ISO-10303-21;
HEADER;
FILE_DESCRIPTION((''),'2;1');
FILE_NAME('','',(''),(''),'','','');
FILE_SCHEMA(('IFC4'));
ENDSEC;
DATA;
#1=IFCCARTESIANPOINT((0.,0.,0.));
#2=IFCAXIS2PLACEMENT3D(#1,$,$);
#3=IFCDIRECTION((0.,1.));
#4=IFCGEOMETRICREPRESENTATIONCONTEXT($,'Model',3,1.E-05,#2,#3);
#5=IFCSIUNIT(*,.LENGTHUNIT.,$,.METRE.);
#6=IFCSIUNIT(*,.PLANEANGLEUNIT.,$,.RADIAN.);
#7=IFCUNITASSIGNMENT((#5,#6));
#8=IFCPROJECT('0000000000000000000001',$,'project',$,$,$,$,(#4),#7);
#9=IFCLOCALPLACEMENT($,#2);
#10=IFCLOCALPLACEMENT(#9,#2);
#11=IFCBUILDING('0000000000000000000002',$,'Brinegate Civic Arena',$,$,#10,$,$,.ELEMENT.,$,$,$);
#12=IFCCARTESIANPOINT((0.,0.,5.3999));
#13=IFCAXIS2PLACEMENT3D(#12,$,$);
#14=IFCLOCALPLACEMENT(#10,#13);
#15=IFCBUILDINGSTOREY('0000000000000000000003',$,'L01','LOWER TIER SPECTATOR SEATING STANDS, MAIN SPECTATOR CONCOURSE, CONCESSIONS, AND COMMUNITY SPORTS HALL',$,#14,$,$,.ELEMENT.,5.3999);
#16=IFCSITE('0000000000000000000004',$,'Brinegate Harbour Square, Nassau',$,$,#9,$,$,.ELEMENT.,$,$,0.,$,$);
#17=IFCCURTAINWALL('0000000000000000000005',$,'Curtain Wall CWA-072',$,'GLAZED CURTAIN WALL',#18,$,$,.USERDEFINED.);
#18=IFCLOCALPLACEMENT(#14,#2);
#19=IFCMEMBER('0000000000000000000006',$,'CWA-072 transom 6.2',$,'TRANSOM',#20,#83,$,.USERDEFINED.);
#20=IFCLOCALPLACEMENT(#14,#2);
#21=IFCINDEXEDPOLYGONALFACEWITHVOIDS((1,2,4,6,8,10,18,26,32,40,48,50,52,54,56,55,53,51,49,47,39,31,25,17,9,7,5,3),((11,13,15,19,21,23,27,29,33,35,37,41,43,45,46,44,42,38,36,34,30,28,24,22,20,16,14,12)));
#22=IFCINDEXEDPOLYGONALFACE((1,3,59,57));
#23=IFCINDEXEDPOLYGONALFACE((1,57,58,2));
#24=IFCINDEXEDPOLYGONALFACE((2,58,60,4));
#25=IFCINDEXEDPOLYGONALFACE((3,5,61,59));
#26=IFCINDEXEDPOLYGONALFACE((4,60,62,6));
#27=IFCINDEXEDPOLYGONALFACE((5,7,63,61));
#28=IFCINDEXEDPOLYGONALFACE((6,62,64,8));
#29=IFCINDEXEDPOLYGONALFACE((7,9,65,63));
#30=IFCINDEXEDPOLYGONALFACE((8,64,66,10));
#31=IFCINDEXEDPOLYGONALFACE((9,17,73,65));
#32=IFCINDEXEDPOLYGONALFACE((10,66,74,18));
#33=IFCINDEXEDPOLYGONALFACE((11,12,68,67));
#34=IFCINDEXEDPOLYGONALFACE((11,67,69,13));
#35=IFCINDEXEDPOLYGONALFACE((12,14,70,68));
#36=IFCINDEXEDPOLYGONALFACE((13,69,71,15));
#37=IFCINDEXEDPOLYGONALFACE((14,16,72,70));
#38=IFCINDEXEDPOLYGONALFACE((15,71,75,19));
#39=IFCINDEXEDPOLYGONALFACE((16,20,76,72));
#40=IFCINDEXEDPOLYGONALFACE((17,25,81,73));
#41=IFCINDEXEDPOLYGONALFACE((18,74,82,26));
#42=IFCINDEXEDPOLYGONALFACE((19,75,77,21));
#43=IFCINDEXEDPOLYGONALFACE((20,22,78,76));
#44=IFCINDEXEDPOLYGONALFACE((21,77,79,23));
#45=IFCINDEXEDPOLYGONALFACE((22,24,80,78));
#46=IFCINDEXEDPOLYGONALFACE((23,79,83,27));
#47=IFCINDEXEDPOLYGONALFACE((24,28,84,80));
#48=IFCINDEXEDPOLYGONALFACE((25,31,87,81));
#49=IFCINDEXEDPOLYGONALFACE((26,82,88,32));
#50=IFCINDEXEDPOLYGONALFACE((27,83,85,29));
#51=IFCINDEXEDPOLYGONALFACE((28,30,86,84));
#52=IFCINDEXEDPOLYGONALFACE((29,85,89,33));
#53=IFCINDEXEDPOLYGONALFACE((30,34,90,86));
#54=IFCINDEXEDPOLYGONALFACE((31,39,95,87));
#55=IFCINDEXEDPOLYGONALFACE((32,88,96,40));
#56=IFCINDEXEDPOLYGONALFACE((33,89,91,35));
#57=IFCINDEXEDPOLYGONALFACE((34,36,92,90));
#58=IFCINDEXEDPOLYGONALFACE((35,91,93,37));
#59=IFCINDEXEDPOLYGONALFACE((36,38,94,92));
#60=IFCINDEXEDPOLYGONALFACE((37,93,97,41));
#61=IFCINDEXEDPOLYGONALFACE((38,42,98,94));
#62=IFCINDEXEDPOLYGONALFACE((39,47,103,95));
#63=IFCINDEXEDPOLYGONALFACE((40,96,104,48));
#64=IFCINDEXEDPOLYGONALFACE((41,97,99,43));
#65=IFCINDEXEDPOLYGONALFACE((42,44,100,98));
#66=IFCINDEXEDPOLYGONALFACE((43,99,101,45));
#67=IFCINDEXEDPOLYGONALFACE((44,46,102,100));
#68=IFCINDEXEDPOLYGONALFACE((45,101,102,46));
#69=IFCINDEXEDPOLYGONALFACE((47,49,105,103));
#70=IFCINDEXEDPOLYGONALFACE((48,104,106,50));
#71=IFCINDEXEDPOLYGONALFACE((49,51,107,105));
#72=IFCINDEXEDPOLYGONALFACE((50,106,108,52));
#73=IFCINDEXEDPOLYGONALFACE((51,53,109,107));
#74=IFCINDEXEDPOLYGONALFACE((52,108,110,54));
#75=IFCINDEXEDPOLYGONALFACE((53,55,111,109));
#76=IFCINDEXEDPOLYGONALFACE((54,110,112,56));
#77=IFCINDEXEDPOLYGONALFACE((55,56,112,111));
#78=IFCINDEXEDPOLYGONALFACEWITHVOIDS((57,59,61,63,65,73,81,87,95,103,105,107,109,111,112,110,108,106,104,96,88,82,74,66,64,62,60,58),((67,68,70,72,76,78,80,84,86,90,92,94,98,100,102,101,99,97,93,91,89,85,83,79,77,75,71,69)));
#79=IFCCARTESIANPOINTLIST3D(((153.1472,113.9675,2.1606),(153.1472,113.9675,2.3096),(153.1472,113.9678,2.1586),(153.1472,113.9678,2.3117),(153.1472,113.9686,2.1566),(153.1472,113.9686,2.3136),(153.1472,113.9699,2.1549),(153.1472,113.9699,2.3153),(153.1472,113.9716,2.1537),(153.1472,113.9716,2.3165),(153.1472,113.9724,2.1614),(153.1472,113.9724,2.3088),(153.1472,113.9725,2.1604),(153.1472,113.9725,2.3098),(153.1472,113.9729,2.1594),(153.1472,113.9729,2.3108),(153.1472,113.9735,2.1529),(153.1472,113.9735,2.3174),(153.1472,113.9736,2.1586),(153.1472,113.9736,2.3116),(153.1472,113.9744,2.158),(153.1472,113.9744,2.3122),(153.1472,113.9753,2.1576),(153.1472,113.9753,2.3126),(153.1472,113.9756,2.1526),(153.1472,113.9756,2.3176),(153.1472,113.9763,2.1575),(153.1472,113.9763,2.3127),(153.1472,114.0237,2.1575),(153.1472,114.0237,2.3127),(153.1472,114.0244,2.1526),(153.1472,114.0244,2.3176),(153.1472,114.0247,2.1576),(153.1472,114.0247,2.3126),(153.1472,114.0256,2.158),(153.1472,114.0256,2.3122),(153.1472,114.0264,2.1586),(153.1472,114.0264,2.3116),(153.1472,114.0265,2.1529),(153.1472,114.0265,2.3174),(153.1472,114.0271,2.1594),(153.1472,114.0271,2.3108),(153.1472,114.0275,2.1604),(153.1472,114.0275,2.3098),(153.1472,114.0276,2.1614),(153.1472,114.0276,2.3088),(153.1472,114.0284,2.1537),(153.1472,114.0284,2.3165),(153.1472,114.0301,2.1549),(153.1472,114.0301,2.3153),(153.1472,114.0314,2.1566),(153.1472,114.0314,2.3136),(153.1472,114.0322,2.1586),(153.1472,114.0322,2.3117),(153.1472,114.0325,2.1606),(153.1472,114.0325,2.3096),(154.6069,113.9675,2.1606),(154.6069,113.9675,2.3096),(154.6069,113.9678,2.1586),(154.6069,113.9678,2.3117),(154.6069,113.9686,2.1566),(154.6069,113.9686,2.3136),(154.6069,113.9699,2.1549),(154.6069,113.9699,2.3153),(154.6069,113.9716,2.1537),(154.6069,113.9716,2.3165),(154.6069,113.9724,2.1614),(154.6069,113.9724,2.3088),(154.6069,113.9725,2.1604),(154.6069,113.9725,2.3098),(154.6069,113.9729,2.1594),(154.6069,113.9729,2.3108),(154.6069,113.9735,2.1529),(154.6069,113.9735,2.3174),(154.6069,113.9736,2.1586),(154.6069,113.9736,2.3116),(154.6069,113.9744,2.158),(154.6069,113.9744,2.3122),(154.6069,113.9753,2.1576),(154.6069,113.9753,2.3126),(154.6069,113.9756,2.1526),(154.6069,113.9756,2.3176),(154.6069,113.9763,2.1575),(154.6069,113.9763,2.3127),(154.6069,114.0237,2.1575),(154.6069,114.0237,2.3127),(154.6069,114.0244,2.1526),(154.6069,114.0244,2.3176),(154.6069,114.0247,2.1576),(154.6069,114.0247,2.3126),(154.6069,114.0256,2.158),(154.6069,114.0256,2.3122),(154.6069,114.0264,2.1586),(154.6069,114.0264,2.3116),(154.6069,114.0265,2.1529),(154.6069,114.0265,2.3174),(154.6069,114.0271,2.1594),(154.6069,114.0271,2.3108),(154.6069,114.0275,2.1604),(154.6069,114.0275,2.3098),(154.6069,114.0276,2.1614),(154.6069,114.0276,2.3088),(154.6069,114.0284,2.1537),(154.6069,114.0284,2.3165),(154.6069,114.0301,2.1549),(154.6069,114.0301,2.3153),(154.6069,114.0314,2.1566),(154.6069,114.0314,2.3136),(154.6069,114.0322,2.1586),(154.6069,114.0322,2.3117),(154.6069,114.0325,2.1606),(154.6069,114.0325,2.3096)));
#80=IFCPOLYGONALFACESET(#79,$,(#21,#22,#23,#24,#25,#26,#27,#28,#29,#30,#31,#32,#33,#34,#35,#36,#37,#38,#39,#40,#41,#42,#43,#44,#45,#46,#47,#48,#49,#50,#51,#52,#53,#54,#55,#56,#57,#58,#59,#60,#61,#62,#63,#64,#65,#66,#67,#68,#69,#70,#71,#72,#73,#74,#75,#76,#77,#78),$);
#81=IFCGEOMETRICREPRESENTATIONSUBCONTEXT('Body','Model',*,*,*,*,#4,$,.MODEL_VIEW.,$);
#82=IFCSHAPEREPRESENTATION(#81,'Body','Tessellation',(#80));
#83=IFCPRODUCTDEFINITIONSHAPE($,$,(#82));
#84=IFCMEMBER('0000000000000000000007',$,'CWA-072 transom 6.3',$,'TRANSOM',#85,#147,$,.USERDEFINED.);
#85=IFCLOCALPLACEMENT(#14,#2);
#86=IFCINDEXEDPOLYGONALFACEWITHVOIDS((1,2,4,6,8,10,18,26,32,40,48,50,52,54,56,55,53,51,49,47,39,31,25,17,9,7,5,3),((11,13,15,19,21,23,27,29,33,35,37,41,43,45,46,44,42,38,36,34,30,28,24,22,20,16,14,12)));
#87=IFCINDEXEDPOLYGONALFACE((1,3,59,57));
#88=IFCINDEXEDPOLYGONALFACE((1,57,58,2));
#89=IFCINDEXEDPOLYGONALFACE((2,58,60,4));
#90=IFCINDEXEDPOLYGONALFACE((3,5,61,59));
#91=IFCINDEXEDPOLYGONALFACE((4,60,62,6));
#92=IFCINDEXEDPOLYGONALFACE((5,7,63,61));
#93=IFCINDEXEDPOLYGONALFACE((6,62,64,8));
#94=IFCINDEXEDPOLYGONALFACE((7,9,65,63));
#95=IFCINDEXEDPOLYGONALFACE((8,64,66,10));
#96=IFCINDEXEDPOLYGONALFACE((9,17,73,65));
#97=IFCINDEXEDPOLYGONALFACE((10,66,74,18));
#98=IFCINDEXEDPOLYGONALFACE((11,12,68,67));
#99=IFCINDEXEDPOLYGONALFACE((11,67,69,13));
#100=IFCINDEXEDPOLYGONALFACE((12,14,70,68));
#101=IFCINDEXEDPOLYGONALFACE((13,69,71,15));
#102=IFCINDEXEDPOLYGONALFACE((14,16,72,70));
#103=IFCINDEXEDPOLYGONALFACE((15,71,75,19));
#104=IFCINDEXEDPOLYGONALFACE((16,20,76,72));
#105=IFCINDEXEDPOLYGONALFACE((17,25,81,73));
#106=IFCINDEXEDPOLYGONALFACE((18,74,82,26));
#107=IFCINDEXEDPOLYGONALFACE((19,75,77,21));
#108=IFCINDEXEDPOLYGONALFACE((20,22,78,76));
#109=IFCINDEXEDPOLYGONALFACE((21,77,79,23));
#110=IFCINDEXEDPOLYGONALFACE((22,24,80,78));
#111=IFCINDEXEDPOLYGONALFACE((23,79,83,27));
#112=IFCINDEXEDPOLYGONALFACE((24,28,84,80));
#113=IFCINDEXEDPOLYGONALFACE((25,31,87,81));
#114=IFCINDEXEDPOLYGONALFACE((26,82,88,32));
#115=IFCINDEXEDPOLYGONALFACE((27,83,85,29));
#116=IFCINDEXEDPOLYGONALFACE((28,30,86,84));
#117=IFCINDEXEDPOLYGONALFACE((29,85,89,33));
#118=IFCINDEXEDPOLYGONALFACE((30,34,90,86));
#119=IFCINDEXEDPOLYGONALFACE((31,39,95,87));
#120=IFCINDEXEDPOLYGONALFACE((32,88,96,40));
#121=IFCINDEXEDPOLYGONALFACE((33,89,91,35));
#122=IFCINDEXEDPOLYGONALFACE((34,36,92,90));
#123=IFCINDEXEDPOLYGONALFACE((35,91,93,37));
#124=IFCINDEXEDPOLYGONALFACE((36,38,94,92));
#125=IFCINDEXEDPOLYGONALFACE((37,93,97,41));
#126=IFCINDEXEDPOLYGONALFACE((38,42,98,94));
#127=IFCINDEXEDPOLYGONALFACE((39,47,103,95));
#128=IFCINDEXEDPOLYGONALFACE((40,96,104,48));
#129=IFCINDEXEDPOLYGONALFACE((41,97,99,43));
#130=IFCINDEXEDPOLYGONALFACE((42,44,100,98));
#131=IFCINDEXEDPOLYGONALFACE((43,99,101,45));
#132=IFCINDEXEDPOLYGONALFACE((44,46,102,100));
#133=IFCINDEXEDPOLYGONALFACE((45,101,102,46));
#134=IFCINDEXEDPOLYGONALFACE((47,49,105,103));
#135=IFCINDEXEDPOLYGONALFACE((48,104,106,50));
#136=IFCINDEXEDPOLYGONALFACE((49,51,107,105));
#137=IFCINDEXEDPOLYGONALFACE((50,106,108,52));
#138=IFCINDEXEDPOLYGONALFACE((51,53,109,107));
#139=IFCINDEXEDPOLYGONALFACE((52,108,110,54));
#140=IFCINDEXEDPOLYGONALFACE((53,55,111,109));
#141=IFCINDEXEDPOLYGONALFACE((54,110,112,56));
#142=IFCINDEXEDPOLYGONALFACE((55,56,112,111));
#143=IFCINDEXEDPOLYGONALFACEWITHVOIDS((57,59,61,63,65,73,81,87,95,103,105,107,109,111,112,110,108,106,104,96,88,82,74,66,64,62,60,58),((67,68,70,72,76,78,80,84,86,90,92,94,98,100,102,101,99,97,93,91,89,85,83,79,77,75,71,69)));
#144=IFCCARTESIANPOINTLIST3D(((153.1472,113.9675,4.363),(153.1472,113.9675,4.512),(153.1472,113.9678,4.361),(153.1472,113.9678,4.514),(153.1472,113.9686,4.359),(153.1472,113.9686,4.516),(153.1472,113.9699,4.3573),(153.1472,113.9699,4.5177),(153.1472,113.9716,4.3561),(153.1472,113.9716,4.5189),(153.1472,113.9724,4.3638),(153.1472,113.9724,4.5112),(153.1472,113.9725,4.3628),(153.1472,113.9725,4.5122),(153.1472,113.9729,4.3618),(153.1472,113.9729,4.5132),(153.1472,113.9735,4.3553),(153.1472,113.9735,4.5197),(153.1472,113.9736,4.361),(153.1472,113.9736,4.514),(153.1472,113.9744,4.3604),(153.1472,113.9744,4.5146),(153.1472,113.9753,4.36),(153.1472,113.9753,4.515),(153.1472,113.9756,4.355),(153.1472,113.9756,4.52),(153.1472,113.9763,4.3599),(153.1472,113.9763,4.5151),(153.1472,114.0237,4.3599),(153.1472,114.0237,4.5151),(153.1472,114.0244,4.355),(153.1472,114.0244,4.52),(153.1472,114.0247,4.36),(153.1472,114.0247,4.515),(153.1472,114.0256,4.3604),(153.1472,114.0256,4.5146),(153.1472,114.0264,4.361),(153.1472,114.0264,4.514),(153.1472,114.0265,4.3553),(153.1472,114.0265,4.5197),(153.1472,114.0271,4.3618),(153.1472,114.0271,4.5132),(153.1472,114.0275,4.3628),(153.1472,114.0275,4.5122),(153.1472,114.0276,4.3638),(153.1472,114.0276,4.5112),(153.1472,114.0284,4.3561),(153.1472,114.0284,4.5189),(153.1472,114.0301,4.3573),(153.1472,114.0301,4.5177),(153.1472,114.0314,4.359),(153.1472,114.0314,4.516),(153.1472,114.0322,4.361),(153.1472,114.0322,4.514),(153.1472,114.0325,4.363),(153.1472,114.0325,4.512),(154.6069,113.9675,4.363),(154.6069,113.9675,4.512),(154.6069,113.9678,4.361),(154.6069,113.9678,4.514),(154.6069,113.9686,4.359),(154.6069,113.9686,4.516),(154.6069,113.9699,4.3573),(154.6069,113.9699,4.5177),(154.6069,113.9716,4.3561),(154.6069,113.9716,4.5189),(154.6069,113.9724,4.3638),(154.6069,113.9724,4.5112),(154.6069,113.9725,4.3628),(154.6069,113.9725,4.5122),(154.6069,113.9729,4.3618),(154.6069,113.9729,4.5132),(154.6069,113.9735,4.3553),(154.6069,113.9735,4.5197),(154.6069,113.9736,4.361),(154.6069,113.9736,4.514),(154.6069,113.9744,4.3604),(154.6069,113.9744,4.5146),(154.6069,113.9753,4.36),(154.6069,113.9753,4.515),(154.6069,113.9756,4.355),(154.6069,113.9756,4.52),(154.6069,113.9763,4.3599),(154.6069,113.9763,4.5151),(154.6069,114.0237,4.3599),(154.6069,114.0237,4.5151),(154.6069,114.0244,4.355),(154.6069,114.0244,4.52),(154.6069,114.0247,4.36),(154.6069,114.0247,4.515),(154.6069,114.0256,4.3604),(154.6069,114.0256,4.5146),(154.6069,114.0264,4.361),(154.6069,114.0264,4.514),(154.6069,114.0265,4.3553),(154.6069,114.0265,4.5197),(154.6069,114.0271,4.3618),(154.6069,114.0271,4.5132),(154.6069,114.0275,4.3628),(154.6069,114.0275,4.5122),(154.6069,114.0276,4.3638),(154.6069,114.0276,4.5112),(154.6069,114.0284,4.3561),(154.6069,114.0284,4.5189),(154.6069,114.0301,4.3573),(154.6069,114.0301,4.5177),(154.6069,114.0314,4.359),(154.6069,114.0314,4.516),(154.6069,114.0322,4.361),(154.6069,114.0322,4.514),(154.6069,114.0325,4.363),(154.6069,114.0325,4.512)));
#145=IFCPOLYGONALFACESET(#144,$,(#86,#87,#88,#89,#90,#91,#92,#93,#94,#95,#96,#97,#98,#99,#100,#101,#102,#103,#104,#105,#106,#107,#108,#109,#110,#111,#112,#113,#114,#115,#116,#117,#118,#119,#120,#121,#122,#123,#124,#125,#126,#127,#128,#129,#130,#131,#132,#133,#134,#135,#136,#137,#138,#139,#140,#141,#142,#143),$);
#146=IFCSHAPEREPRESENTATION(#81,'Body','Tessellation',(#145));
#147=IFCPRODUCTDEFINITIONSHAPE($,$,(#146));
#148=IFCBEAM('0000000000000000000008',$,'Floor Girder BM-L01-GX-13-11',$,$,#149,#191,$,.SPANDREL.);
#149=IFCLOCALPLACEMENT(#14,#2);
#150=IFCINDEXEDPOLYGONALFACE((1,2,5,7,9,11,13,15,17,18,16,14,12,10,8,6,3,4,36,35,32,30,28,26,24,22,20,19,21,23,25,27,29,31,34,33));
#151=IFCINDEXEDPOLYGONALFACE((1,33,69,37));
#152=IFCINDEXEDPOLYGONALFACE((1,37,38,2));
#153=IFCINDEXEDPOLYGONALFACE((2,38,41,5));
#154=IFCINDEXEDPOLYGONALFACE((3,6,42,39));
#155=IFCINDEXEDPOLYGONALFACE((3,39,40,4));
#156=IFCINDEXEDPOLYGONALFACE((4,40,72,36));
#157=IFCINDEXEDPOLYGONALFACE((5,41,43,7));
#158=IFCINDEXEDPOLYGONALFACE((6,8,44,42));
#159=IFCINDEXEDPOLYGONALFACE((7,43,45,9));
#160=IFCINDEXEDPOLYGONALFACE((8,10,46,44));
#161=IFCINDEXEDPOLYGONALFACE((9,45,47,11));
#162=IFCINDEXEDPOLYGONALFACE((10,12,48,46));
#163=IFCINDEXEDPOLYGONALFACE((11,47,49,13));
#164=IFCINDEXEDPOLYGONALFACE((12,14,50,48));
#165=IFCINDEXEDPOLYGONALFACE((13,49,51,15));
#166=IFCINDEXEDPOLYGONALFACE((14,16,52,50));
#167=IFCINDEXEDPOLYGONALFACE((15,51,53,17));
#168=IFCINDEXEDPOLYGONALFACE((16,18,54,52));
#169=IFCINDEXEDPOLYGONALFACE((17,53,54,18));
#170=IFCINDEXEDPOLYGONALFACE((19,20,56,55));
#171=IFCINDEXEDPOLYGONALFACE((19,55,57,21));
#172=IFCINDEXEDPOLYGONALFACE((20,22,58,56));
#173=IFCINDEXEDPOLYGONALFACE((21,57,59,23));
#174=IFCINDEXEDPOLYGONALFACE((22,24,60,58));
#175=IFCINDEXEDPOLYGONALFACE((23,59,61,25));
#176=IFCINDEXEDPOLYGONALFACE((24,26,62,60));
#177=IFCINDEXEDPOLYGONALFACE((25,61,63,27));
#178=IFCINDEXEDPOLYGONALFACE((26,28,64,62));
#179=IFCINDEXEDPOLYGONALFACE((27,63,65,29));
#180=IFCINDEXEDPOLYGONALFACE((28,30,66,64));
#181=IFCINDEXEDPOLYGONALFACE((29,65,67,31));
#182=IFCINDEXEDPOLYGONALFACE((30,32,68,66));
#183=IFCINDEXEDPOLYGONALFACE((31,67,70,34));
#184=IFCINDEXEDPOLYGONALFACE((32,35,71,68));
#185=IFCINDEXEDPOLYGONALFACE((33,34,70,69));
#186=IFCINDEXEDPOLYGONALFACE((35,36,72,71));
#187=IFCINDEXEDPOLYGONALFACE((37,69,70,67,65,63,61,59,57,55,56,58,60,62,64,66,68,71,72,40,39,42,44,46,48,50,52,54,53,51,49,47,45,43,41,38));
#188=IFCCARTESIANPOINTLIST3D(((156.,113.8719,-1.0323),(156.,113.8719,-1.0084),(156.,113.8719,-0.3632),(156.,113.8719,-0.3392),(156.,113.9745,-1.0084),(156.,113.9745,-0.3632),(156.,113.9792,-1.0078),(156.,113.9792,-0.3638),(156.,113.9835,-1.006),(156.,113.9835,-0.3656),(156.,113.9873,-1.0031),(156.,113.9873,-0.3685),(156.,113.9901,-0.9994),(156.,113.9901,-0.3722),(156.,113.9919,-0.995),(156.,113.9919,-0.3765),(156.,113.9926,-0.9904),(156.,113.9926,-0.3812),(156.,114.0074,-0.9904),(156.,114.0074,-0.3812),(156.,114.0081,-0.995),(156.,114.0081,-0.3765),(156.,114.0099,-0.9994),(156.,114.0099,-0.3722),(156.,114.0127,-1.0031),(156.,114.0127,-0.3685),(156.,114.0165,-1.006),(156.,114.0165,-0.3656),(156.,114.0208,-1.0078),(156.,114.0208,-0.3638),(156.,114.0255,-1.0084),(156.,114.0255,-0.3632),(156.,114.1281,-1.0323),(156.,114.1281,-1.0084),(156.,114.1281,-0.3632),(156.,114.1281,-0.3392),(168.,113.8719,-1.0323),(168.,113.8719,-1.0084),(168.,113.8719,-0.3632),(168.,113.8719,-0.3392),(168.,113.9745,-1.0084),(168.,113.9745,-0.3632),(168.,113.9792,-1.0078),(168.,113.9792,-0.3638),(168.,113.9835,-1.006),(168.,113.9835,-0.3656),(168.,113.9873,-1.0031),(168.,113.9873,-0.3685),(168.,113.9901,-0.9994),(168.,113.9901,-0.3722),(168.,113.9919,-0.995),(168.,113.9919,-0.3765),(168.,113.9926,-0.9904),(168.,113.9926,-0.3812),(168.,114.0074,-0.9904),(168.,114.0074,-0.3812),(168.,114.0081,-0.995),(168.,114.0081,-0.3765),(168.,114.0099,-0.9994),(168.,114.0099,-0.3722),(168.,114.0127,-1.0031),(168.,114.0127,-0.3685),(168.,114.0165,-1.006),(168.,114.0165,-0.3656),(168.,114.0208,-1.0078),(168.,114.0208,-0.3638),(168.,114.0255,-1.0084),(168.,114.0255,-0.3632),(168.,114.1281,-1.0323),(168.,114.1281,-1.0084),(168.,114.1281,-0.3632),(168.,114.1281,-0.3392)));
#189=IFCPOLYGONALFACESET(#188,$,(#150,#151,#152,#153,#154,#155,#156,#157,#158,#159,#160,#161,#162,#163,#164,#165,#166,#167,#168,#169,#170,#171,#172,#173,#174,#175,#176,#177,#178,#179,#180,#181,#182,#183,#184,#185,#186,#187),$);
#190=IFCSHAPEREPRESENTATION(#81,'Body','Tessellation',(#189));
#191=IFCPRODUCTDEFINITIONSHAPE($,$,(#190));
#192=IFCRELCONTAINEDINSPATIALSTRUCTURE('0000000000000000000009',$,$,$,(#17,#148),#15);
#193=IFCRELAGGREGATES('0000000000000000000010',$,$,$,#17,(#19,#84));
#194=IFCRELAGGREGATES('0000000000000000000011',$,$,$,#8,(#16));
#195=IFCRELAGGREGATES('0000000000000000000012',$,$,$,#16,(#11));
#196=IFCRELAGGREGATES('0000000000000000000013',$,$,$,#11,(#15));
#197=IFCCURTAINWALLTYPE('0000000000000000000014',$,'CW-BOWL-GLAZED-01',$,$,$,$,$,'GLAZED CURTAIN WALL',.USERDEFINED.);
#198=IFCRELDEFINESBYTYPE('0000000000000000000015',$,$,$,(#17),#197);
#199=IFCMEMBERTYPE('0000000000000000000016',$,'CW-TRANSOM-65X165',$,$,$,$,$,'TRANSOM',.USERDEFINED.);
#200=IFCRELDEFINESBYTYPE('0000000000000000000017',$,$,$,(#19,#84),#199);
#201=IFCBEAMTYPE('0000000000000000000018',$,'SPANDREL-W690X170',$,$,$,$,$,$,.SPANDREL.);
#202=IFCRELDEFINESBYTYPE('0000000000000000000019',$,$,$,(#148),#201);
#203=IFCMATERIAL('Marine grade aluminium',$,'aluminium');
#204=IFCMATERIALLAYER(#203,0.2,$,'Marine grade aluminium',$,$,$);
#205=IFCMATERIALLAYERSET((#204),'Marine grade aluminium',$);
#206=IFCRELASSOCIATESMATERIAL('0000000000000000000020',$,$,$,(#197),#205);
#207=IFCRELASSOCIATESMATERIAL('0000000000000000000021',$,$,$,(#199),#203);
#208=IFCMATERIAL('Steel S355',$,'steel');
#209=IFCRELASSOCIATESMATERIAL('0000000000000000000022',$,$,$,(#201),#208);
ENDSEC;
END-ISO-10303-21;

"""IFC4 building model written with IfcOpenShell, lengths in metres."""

from ifc_helpers import new_model, si_unit, direction, frame, origin, origin_2d, place, context, subcontext, project, spatial, hollow_rectangle, i_section, extrude, material, layer, layer_set, material_profile, profile_set, type_object, element, aggregate, save


model = new_model("IFC4")

# Units and contexts
model_context = context("Model", 3, precision=1e-05, world=origin(), true_north=direction((0.0, 1.0)))
body_context = subcontext(model_context, "Body", "Model", "MODEL_VIEW")
ifc_project = project(units=[si_unit("LENGTHUNIT", "METRE"), si_unit("PLANEANGLEUNIT", "RADIAN")], contexts=[model_context])

# Site, building, storey
site_placement = place(None, origin())
site = spatial("IfcSite", under=ifc_project, at=site_placement, Name="Brinegate Harbour Square, Nassau", CompositionType="ELEMENT", RefElevation=0.0)
building_placement = place(site_placement, origin())
building = spatial("IfcBuilding", under=site, at=building_placement, Name="Brinegate Civic Arena", CompositionType="ELEMENT")
storey_placement = place(building_placement, frame((0.0, 0.0, 5.3999)))
storey = spatial("IfcBuildingStorey", under=building, at=storey_placement, Name="L01", Description="LOWER TIER SPECTATOR SEATING STANDS, MAIN SPECTATOR CONCOURSE, CONCESSIONS, AND COMMUNITY SPORTS HALL", CompositionType="ELEMENT", Elevation=5.3999)

# Curtain wall, members
ifc_material_1 = material(Name="Marine grade aluminium", Category="aluminium")
ifc_layer_1 = layer(ifc_material_1, 0.2, Name="Marine grade aluminium")
ifc_layer_set_1 = layer_set([ifc_layer_1], Name="Marine grade aluminium")
curtain_wall_type = type_object("IfcCurtainWallType", Name="CW-BOWL-GLAZED-01", ElementType="GLAZED CURTAIN WALL", PredefinedType="USERDEFINED", material=ifc_layer_set_1)
curtain_wall_placement = place(storey_placement, origin())
curtain_wall = element("IfcCurtainWall", 1, at=curtain_wall_placement, inside=storey, type_object=curtain_wall_type, Name="Curtain Wall CWA-072", ObjectType="GLAZED CURTAIN WALL", PredefinedType="USERDEFINED")
ifc_material_profile_1 = material_profile(ifc_material_1, hollow_rectangle(XDim=0.0649, YDim=0.165, WallThickness=0.0049, InnerFilletRadius=0.0039, OuterFilletRadius=0.0081, at=origin_2d()), Name="TRN65X165")
ifc_profile_set_1 = profile_set([ifc_material_profile_1], Name="Marine grade aluminium")
member_type_1 = type_object("IfcMemberType", Name="CW-TRANSOM-65X165", ElementType="TRANSOM", PredefinedType="USERDEFINED", material=ifc_profile_set_1)
member_1_placement = place(storey_placement, frame((153.1472, 114.0, 2.2351), z_axis=(1.0, 0.0, 0.0), x_axis=(0.0, 1.0, 0.0)))
member_1 = element("IfcMember", 2, at=member_1_placement, type_object=member_type_1, Name="CWA-072 transom 6.2", ObjectType="TRANSOM", PredefinedType="USERDEFINED", context=body_context, shape_type="SweptSolid", body=[
    extrude(hollow_rectangle(XDim=0.0649, YDim=0.165, WallThickness=0.0049, InnerFilletRadius=0.0039, OuterFilletRadius=0.0081, at=origin_2d()), origin(), (0.0, 0.0, 1.0), 1.4597),
])
member_2_placement = place(storey_placement, frame((153.1472, 114.0, 4.4375), z_axis=(1.0, 0.0, 0.0), x_axis=(0.0, 1.0, 0.0)))
member_2 = element("IfcMember", 3, at=member_2_placement, type_object=member_type_1, Name="CWA-072 transom 6.3", ObjectType="TRANSOM", PredefinedType="USERDEFINED", context=body_context, shape_type="SweptSolid", body=[
    extrude(hollow_rectangle(XDim=0.0649, YDim=0.165, WallThickness=0.0049, InnerFilletRadius=0.0039, OuterFilletRadius=0.0081, at=origin_2d()), origin(), (0.0, 0.0, 1.0), 1.4597),
])

# Beam
ifc_material_2 = material(Name="Steel S355", Category="steel")
ifc_material_profile_2 = material_profile(ifc_material_2, i_section(OverallWidth=0.2561, OverallDepth=0.6931, WebThickness=0.0149, FlangeThickness=0.0239, FilletRadius=0.0181, at=origin_2d()), Name="W690X170")
ifc_profile_set_2 = profile_set([ifc_material_profile_2], Name="Steel S355")
beam_type = type_object("IfcBeamType", Name="SPANDREL-W690X170", PredefinedType="SPANDREL", material=ifc_profile_set_2)
beam_placement = place(storey_placement, frame((156.0, 114.0, -0.6858), z_axis=(1.0, 0.0, 0.0), x_axis=(0.0, 1.0, 0.0)))
element("IfcBeam", 4, at=beam_placement, inside=storey, type_object=beam_type, Name="Floor Girder BM-L01-GX-13-11", PredefinedType="SPANDREL", context=body_context, shape_type="SweptSolid", body=[
    extrude(i_section(OverallWidth=0.2561, OverallDepth=0.6931, WebThickness=0.0149, FlangeThickness=0.0239, FilletRadius=0.0181, at=origin_2d()), origin(), (0.0, 0.0, 1.0), 12.0),
])

aggregate(curtain_wall, [member_1, member_2])

save(model, "model.ifc")
